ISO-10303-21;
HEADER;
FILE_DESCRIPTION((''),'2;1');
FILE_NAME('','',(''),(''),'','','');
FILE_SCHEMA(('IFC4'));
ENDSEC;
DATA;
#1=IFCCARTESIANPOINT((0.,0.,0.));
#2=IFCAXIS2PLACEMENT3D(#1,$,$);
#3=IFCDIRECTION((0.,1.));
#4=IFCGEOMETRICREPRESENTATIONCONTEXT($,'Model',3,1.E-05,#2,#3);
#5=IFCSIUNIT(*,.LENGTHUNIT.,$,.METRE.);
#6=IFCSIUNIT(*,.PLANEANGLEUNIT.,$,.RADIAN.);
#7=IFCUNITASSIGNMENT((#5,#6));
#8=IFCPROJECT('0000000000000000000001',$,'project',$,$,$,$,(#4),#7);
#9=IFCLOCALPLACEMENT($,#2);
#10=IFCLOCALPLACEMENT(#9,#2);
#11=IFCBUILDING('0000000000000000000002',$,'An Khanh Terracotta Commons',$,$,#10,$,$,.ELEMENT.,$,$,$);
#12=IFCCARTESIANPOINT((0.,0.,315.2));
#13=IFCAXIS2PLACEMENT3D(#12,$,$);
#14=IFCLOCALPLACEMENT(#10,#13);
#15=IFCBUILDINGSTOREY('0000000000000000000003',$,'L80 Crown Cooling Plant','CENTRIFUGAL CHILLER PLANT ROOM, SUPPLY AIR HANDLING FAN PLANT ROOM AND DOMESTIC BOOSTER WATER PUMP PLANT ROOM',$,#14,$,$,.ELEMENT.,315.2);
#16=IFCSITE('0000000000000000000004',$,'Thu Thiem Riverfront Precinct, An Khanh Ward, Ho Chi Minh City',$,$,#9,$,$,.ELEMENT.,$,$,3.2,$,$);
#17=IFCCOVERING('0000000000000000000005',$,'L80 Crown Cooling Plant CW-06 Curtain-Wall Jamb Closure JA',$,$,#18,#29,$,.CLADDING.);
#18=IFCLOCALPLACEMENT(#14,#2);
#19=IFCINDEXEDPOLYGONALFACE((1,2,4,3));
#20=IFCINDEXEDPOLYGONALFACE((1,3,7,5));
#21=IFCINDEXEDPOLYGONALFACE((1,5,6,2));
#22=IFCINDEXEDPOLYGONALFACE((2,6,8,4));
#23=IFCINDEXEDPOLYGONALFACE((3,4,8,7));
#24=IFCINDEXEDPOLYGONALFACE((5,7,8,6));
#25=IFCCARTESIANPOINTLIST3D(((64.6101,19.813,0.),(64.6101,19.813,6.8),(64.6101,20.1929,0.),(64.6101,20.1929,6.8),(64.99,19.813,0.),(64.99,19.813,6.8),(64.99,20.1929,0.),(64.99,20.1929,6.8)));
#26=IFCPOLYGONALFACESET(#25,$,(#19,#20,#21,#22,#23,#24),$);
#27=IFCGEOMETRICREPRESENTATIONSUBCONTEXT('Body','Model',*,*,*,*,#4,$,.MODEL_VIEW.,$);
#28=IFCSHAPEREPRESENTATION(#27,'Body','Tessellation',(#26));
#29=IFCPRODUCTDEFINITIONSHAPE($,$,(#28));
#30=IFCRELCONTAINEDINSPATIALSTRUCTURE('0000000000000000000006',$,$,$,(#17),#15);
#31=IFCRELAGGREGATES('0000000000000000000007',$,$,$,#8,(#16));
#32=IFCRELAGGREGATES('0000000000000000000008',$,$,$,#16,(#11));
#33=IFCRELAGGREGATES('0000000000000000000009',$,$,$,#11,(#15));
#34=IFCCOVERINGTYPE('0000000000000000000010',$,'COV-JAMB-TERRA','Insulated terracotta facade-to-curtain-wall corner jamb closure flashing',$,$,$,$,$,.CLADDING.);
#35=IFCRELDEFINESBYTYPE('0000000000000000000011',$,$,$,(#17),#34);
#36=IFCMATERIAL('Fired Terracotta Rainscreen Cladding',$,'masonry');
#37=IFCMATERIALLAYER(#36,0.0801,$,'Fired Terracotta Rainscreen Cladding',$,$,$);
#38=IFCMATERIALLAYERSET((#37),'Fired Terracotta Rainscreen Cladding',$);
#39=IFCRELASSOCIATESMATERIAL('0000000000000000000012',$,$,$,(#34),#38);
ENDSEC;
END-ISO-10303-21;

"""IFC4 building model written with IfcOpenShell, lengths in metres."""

from ifc_helpers import new_model, si_unit, direction, frame, origin, origin_2d, place, context, subcontext, project, spatial, rectangle, extrude, material, layer, layer_set, type_object, element, save


model = new_model("IFC4")

# Units and contexts
model_context = context("Model", 3, precision=1e-05, world=origin(), true_north=direction((0.0, 1.0)))
body_context = subcontext(model_context, "Body", "Model", "MODEL_VIEW")
ifc_project = project(units=[si_unit("LENGTHUNIT", "METRE"), si_unit("PLANEANGLEUNIT", "RADIAN")], contexts=[model_context])

# Site, building, storey
site_placement = place(None, origin())
site = spatial("IfcSite", under=ifc_project, at=site_placement, Name="Thu Thiem Riverfront Precinct, An Khanh Ward, Ho Chi Minh City", CompositionType="ELEMENT", RefElevation=3.2)
building_placement = place(site_placement, origin())
building = spatial("IfcBuilding", under=site, at=building_placement, Name="An Khanh Terracotta Commons", CompositionType="ELEMENT")
storey_placement = place(building_placement, frame((0.0, 0.0, 315.2)))
storey = spatial("IfcBuildingStorey", under=building, at=storey_placement, Name="L80 Crown Cooling Plant", Description="CENTRIFUGAL CHILLER PLANT ROOM, SUPPLY AIR HANDLING FAN PLANT ROOM AND DOMESTIC BOOSTER WATER PUMP PLANT ROOM", CompositionType="ELEMENT", Elevation=315.2)

# Covering
ifc_material_1 = material(Name="Fired Terracotta Rainscreen Cladding", Category="masonry")
ifc_layer_1 = layer(ifc_material_1, 0.0801, Name="Fired Terracotta Rainscreen Cladding")
ifc_layer_set_1 = layer_set([ifc_layer_1], Name="Fired Terracotta Rainscreen Cladding")
covering_type = type_object("IfcCoveringType", Name="COV-JAMB-TERRA", Description="Insulated terracotta facade-to-curtain-wall corner jamb closure flashing", PredefinedType="CLADDING", material=ifc_layer_set_1)
for number, where, z_axis, x_axis, name in (
    (1, (64.8, 20.0029, 0.0), (0.0, 0.0, 1.0), (1.0, 0.0, 0.0), "L80 Crown Cooling Plant CW-06 Curtain-Wall Jamb Closure JA"),
):
    element("IfcCovering", number, at=place(storey_placement, frame(where, z_axis=z_axis, x_axis=x_axis)), inside=storey, type_object=covering_type, Name=name, PredefinedType="CLADDING", context=body_context, shape_type="SweptSolid", body=[
        extrude(rectangle(XDim=0.3799, YDim=0.3799, at=origin_2d()), origin(), (0.0, 0.0, 1.0), 6.8),
    ])

save(model, "model.ifc")
